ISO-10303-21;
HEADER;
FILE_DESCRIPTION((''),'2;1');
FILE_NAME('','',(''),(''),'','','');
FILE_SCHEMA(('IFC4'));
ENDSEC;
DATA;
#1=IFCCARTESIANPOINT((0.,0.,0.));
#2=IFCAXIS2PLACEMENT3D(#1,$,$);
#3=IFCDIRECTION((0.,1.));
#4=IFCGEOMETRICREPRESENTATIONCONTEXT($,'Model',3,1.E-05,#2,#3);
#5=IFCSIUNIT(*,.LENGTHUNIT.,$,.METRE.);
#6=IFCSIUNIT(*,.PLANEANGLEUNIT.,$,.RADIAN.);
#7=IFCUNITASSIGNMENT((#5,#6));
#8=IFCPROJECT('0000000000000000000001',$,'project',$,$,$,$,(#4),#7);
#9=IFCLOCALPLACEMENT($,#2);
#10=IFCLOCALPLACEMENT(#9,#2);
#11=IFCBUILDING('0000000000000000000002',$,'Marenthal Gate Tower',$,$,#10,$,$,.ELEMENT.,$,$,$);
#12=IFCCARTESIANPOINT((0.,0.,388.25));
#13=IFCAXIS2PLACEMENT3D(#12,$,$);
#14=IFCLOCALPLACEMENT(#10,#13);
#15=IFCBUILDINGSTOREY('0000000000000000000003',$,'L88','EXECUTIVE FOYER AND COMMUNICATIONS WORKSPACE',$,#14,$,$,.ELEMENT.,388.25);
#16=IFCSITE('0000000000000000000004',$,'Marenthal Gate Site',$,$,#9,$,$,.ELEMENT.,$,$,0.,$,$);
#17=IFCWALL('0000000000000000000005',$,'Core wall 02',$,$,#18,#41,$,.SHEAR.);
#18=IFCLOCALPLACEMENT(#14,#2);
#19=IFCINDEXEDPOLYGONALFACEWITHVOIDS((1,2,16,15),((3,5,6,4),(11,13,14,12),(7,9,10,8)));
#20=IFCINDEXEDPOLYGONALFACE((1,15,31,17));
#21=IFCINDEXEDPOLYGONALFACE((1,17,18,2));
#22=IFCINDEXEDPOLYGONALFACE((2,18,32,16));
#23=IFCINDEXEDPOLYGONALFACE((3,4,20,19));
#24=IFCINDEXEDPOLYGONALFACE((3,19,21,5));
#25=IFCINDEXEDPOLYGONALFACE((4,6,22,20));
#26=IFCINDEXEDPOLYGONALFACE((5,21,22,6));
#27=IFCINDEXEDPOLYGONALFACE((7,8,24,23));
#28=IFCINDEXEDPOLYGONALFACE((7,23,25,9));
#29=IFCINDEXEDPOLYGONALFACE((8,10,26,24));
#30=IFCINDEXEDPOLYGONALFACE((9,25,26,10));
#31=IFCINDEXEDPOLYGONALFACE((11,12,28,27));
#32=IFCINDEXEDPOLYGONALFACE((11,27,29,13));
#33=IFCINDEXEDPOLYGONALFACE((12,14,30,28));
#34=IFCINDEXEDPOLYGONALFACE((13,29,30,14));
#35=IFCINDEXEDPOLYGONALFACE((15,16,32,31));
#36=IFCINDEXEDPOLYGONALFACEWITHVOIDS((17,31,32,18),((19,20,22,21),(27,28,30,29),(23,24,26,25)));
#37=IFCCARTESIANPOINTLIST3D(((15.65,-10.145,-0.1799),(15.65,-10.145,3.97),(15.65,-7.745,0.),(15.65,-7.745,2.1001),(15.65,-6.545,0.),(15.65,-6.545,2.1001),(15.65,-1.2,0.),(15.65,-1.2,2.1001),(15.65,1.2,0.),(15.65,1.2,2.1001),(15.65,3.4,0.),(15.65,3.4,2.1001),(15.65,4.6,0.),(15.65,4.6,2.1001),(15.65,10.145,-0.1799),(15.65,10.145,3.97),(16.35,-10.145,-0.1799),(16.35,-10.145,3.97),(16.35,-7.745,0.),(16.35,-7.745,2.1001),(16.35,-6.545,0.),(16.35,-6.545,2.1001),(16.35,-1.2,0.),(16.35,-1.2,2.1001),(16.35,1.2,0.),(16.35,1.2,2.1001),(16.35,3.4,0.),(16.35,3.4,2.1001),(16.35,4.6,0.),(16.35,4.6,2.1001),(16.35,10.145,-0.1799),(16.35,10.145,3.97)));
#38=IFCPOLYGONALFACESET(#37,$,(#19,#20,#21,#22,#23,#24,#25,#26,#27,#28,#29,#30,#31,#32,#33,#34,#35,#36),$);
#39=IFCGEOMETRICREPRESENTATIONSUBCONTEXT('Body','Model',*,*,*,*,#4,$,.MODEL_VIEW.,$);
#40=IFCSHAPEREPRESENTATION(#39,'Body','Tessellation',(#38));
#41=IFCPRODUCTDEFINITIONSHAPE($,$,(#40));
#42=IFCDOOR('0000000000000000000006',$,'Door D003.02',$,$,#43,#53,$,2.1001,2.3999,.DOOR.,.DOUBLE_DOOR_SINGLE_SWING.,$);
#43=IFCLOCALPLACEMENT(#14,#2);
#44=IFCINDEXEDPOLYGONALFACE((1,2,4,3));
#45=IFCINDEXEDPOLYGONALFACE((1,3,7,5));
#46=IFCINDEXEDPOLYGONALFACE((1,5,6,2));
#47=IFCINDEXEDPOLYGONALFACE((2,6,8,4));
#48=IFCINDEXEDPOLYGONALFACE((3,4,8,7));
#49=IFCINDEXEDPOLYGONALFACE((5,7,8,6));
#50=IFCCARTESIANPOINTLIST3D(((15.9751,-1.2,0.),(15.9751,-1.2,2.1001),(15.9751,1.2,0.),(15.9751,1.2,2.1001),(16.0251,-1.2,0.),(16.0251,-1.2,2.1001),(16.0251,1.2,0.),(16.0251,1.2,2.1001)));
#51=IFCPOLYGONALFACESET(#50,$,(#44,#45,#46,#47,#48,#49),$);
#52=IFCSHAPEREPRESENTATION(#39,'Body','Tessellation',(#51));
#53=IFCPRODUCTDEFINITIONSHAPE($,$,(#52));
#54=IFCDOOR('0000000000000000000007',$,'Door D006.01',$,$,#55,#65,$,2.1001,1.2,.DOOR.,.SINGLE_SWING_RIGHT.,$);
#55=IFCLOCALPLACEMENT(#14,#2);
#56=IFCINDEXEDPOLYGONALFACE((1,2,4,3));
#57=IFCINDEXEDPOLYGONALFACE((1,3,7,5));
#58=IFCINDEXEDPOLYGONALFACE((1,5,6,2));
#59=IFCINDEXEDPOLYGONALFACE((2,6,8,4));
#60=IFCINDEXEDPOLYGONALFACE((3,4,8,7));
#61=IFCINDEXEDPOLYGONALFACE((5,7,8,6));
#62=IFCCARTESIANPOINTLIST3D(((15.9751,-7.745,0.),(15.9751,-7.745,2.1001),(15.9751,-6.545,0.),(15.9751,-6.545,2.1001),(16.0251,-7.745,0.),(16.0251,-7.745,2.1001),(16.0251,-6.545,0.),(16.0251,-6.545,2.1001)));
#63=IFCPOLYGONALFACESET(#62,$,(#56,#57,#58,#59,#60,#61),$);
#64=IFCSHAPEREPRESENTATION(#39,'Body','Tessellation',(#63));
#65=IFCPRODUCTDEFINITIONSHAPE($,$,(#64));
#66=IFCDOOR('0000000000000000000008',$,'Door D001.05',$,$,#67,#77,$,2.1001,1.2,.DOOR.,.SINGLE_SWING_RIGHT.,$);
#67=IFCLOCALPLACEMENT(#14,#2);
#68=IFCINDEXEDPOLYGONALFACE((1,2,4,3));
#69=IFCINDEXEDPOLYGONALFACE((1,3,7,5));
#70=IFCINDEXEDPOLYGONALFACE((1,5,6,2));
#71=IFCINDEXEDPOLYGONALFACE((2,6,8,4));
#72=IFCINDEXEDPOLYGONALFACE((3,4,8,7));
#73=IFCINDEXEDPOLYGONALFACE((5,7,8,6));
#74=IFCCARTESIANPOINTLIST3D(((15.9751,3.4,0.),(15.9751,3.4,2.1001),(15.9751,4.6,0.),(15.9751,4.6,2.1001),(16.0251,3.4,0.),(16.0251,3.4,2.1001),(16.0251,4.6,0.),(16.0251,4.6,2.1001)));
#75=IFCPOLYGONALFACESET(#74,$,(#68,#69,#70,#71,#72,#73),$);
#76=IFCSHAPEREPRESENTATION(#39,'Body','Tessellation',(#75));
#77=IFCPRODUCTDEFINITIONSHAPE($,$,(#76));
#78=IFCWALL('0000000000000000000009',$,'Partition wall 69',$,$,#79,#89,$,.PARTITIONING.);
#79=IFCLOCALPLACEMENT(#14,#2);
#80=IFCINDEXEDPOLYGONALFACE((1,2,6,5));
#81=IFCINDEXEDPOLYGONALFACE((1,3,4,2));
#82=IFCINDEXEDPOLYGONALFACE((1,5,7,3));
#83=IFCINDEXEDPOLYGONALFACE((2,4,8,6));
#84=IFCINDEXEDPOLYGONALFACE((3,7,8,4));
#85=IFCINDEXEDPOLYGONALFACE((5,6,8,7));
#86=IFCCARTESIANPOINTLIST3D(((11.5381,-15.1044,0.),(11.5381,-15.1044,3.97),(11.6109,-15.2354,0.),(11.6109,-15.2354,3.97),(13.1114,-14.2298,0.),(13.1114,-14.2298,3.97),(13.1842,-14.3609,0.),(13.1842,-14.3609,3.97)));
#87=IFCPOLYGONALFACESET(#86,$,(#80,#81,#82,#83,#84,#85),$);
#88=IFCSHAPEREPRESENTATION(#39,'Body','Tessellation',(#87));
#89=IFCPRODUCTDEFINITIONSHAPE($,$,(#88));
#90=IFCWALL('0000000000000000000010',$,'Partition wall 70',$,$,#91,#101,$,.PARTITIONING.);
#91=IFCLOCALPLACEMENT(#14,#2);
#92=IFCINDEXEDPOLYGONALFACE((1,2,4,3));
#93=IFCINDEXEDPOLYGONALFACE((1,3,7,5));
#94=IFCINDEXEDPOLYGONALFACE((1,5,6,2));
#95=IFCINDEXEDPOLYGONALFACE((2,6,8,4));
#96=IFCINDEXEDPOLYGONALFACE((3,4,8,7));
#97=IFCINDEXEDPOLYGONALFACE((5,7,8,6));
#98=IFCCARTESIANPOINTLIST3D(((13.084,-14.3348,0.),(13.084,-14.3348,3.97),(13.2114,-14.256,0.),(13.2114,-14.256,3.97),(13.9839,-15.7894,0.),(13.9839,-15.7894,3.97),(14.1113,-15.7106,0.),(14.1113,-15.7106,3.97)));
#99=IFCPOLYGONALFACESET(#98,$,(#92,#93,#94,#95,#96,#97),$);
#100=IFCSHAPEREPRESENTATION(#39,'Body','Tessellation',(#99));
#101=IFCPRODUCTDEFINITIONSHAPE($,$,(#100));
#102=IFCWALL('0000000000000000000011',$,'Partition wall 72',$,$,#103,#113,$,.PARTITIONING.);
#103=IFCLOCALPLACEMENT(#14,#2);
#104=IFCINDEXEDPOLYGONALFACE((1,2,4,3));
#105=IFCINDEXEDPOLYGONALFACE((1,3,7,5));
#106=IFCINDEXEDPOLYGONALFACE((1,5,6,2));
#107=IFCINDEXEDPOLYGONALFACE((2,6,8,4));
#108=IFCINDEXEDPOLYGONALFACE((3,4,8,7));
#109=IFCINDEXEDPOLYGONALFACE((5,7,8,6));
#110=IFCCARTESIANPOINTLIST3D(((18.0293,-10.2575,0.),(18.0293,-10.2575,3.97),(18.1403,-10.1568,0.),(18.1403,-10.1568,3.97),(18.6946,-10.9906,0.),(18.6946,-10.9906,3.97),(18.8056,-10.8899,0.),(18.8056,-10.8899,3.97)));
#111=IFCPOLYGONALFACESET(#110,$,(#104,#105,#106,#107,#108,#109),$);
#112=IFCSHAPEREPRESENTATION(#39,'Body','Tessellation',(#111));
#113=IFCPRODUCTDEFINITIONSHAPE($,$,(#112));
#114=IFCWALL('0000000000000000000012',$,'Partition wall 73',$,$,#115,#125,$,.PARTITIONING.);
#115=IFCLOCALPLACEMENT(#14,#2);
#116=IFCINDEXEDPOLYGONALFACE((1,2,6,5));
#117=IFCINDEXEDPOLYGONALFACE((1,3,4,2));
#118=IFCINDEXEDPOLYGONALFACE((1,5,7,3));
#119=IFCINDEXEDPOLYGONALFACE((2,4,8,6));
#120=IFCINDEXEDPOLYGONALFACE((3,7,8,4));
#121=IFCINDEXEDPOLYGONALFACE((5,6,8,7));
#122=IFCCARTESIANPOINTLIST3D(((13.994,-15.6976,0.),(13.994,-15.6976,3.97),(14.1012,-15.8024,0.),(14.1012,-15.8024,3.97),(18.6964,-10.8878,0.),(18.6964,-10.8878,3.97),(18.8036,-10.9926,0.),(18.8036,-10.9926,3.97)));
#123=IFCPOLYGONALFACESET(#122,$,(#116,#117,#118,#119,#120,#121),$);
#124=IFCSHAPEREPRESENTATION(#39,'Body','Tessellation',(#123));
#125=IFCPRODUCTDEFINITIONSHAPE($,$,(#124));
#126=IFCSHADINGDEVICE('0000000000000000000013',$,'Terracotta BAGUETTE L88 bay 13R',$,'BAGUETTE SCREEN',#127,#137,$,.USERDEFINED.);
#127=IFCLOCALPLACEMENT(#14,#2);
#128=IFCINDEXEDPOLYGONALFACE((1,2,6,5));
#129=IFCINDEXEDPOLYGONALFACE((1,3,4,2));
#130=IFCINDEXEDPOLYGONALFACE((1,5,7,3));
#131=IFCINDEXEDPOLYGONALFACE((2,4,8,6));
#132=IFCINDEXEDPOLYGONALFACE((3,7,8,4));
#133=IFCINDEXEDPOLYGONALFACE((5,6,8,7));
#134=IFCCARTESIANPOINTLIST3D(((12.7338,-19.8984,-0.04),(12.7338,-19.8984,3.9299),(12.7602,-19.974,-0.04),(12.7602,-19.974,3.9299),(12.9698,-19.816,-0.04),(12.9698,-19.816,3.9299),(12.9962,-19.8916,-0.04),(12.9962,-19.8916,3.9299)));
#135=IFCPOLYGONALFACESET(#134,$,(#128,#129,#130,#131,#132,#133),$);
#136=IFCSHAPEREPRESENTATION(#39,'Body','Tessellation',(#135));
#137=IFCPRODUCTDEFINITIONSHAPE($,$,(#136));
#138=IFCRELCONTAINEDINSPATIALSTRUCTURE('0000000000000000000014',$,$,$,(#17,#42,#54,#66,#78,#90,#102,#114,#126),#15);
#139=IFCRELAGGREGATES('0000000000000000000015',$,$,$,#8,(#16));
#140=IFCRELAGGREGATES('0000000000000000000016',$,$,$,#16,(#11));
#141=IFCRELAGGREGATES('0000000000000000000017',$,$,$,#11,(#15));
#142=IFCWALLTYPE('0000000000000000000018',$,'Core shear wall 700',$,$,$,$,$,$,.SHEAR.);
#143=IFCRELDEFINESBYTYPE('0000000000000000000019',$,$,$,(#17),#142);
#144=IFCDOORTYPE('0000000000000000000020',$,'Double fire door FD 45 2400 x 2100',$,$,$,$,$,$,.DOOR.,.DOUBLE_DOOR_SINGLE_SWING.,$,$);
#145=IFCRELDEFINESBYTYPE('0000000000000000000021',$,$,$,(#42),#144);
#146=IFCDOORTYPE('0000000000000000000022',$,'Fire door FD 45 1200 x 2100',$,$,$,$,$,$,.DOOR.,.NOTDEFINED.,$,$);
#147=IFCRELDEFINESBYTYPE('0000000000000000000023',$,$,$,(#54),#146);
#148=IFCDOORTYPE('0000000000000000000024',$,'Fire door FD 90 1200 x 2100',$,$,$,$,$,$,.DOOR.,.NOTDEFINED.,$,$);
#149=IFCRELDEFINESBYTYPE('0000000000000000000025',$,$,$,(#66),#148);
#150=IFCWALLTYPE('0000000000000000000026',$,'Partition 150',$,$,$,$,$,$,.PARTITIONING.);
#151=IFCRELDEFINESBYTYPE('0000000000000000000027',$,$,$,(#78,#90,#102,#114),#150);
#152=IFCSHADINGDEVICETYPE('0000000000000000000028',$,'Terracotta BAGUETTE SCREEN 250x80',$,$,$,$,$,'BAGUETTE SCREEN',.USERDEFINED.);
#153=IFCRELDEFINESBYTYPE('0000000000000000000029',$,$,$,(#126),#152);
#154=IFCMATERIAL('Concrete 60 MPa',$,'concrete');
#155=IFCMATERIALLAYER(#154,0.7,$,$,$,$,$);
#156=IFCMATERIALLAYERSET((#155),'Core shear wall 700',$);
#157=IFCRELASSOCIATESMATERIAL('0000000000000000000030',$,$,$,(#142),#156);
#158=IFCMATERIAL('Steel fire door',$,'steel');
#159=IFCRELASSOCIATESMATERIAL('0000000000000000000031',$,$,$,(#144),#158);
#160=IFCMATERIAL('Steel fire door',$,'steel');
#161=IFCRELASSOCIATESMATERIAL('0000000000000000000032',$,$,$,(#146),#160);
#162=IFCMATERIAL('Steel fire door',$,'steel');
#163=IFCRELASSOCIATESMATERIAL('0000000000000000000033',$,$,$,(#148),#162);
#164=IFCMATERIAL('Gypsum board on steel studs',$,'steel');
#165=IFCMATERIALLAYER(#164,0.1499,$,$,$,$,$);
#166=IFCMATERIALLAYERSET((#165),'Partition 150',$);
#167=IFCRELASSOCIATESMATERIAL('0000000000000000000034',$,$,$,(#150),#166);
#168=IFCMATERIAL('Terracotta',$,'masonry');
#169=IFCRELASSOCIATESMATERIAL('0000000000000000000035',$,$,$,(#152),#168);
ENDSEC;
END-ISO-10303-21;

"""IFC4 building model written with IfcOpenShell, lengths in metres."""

from ifc_helpers import new_model, si_unit, direction, frame, frame_2d, origin, origin_2d, place, context, subcontext, project, spatial, rectangle, extrude, material, layer, layer_set, material_profile, profile_set, type_object, element, fill, save


model = new_model("IFC4")

# Units and contexts
model_context = context("Model", 3, precision=1e-05, world=origin(), true_north=direction((0.0, 1.0)))
body_context = subcontext(model_context, "Body", "Model", "MODEL_VIEW")
ifc_project = project(units=[si_unit("LENGTHUNIT", "METRE"), si_unit("PLANEANGLEUNIT", "RADIAN")], contexts=[model_context])

# Site, building, storey
site_placement = place(None, origin())
site = spatial("IfcSite", under=ifc_project, at=site_placement, Name="Marenthal Gate Site", CompositionType="ELEMENT", RefElevation=0.0)
building_placement = place(site_placement, origin())
building = spatial("IfcBuilding", under=site, at=building_placement, Name="Marenthal Gate Tower", CompositionType="ELEMENT")
storey_placement = place(building_placement, frame((0.0, 0.0, 388.25)))
storey = spatial("IfcBuildingStorey", under=building, at=storey_placement, Name="L88", Description="EXECUTIVE FOYER AND COMMUNICATIONS WORKSPACE", CompositionType="ELEMENT", Elevation=388.25)

# Shared definitions
ifc_material_1 = material(Name="Concrete 60 MPa", Category="concrete")
ifc_layer_1 = layer(ifc_material_1, 0.7)
ifc_layer_set_1 = layer_set([ifc_layer_1], Name="Core shear wall 700")
wall_type_1 = type_object("IfcWallType", Name="Core shear wall 700", PredefinedType="SHEAR", material=ifc_layer_set_1)

# Wall, openings, doors
wall_1_placement = place(storey_placement, frame((16.0, -10.145, -0.1799), z_axis=(0.0, 0.0, 1.0), x_axis=(0.0, 1.0, 0.0)))
wall_1 = element("IfcWall", 1, at=wall_1_placement, inside=storey, type_object=wall_type_1, Name="Core wall 02", PredefinedType="SHEAR", context=body_context, shape_type="SweptSolid", body=[
    extrude(rectangle(XDim=20.29, YDim=0.7, at=frame_2d((10.145, 0.0))), origin(), (0.0, 0.0, 1.0), 4.1499),
])
opening_1_placement = place(wall_1_placement, frame((8.9451, 0.0, 0.1799)))
opening_1 = element("IfcOpeningElement", 2, at=opening_1_placement, cuts=wall_1, PredefinedType="OPENING", context=body_context, shape_type="SweptSolid", body=[
    extrude(rectangle(XDim=2.3999, YDim=2.1001, at=frame_2d((1.2, 1.05))), frame((0.0, 0.3599, 0.0), z_axis=(0.0, -1.0, 0.0), x_axis=(1.0, 0.0, 0.0)), (0.0, 0.0, 1.0), 0.72),
])
opening_2_placement = place(wall_1_placement, frame((13.5449, 0.0, 0.1799)))
opening_2 = element("IfcOpeningElement", 3, at=opening_2_placement, cuts=wall_1, PredefinedType="OPENING", context=body_context, shape_type="SweptSolid", body=[
    extrude(rectangle(XDim=1.2, YDim=2.1001, at=frame_2d((0.6001, 1.05))), frame((0.0, 0.3599, 0.0), z_axis=(0.0, -1.0, 0.0), x_axis=(1.0, 0.0, 0.0)), (0.0, 0.0, 1.0), 0.72),
])
opening_3_placement = place(wall_1_placement, frame((2.3999, 0.0, 0.1799)))
opening_3 = element("IfcOpeningElement", 4, at=opening_3_placement, cuts=wall_1, PredefinedType="OPENING", context=body_context, shape_type="SweptSolid", body=[
    extrude(rectangle(XDim=1.2, YDim=2.1001, at=frame_2d((0.6001, 1.05))), frame((0.0, 0.3599, 0.0), z_axis=(0.0, -1.0, 0.0), x_axis=(1.0, 0.0, 0.0)), (0.0, 0.0, 1.0), 0.72),
])
ifc_material_2 = material(Name="Steel fire door", Category="steel")
door_type_1 = type_object("IfcDoorType", Name="Double fire door FD 45 2400 x 2100", OperationType="DOUBLE_DOOR_SINGLE_SWING", PredefinedType="DOOR", material=ifc_material_2)
door_1_placement = place(opening_1_placement, origin())
door_1 = element("IfcDoor", 5, at=door_1_placement, inside=storey, type_object=door_type_1, Name="Door D003.02", OperationType="DOUBLE_DOOR_SINGLE_SWING", OverallHeight=2.1001, OverallWidth=2.3999, PredefinedType="DOOR", context=body_context, shape_type="SweptSolid", body=[
    extrude(rectangle(XDim=2.3999, YDim=2.1001, at=frame_2d((1.2, 1.05))), frame((0.0, 0.0249, 0.0), z_axis=(0.0, -1.0, 0.0), x_axis=(1.0, 0.0, 0.0)), (0.0, 0.0, 1.0), 0.05),
])
fill(opening_1, door_1)
ifc_material_3 = material(Name="Steel fire door", Category="steel")
door_type_2 = type_object("IfcDoorType", Name="Fire door FD 45 1200 x 2100", OperationType="NOTDEFINED", PredefinedType="DOOR", material=ifc_material_3)
door_2_placement = place(opening_3_placement, origin())
door_2 = element("IfcDoor", 6, at=door_2_placement, inside=storey, type_object=door_type_2, Name="Door D006.01", OperationType="SINGLE_SWING_RIGHT", OverallHeight=2.1001, OverallWidth=1.2, PredefinedType="DOOR", context=body_context, shape_type="SweptSolid", body=[
    extrude(rectangle(XDim=1.2, YDim=2.1001, at=frame_2d((0.6001, 1.05))), frame((0.0, 0.0249, 0.0), z_axis=(0.0, -1.0, 0.0), x_axis=(1.0, 0.0, 0.0)), (0.0, 0.0, 1.0), 0.05),
])
fill(opening_3, door_2)
ifc_material_4 = material(Name="Steel fire door", Category="steel")
door_type_3 = type_object("IfcDoorType", Name="Fire door FD 90 1200 x 2100", OperationType="NOTDEFINED", PredefinedType="DOOR", material=ifc_material_4)
door_3_placement = place(opening_2_placement, origin())
door_3 = element("IfcDoor", 7, at=door_3_placement, inside=storey, type_object=door_type_3, Name="Door D001.05", OperationType="SINGLE_SWING_RIGHT", OverallHeight=2.1001, OverallWidth=1.2, PredefinedType="DOOR", context=body_context, shape_type="SweptSolid", body=[
    extrude(rectangle(XDim=1.2, YDim=2.1001, at=frame_2d((0.6001, 1.05))), frame((0.0, 0.0249, 0.0), z_axis=(0.0, -1.0, 0.0), x_axis=(1.0, 0.0, 0.0)), (0.0, 0.0, 1.0), 0.05),
])
fill(opening_2, door_3)

# Walls
ifc_material_5 = material(Name="Gypsum board on steel studs", Category="steel")
ifc_layer_2 = layer(ifc_material_5, 0.1499)
ifc_layer_set_2 = layer_set([ifc_layer_2], Name="Partition 150")
wall_type_2 = type_object("IfcWallType", Name="Partition 150", PredefinedType="PARTITIONING", material=ifc_layer_set_2)
wall_2_placement = place(storey_placement, frame((13.1477, -14.2954, 0.0), z_axis=(0.0, 0.0, 1.0), x_axis=(-0.874042, -0.48585, 0.0)))
element("IfcWall", 8, at=wall_2_placement, inside=storey, type_object=wall_type_2, Name="Partition wall 69", PredefinedType="PARTITIONING", context=body_context, shape_type="SweptSolid", body=[
    extrude(rectangle(XDim=1.8, YDim=0.1499, at=frame_2d((0.8999, 0.0))), origin(), (0.0, 0.0, 1.0), 3.97),
])
wall_3_placement = place(storey_placement, frame((14.0476, -15.75, 0.0), z_axis=(0.0, 0.0, 1.0), x_axis=(-0.526119, 0.850411, 0.0)))
element("IfcWall", 9, at=wall_3_placement, inside=storey, type_object=wall_type_2, Name="Partition wall 70", PredefinedType="PARTITIONING", context=body_context, shape_type="SweptSolid", body=[
    extrude(rectangle(XDim=1.7104, YDim=0.1499, at=frame_2d((0.8552, 0.0))), origin(), (0.0, 0.0, 1.0), 3.97),
])
wall_4_placement = place(storey_placement, frame((18.0847, -10.207, 0.0), z_axis=(0.0, 0.0, 1.0), x_axis=(0.671997, -0.740553, 0.0)))
element("IfcWall", 10, at=wall_4_placement, inside=storey, type_object=wall_type_2, Name="Partition wall 72", PredefinedType="PARTITIONING", context=body_context, shape_type="SweptSolid", body=[
    extrude(rectangle(XDim=0.99, YDim=0.1499, at=frame_2d((0.4951, 0.0))), origin(), (0.0, 0.0, 1.0), 3.97),
])
wall_5_placement = place(storey_placement, frame((18.75, -10.9402, 0.0), z_axis=(0.0, 0.0, 1.0), x_axis=(-0.699077, -0.715047, 0.0)))
element("IfcWall", 11, at=wall_5_placement, inside=storey, type_object=wall_type_2, Name="Partition wall 73", PredefinedType="PARTITIONING", context=body_context, shape_type="SweptSolid", body=[
    extrude(rectangle(XDim=6.7266, YDim=0.1499, at=frame_2d((3.3633, 0.0))), origin(), (0.0, 0.0, 1.0), 3.97),
])

# Shading device
ifc_material_6 = material(Name="Terracotta", Category="masonry")
ifc_material_profile_1 = material_profile(ifc_material_6, rectangle(XDim=0.25, YDim=0.0801, at=origin_2d()), Name="Terracotta baguette 250x80")
ifc_profile_set_1 = profile_set([ifc_material_profile_1], Name="Terracotta")
shading_device_type = type_object("IfcShadingDeviceType", Name="Terracotta BAGUETTE SCREEN 250x80", ElementType="BAGUETTE SCREEN", PredefinedType="USERDEFINED", material=ifc_profile_set_1)
shading_device_placement = place(storey_placement, frame((12.865, -19.895, -0.04), z_axis=(0.0, 0.0, 1.0), x_axis=(0.944045, 0.329817, 0.0)))
element("IfcShadingDevice", 12, at=shading_device_placement, inside=storey, type_object=shading_device_type, Name="Terracotta BAGUETTE L88 bay 13R", ObjectType="BAGUETTE SCREEN", PredefinedType="USERDEFINED", context=body_context, shape_type="SweptSolid", body=[
    extrude(rectangle(XDim=0.25, YDim=0.0801, at=origin_2d()), origin(), (0.0, 0.0, 1.0), 3.97),
])

save(model, "model.ifc")
